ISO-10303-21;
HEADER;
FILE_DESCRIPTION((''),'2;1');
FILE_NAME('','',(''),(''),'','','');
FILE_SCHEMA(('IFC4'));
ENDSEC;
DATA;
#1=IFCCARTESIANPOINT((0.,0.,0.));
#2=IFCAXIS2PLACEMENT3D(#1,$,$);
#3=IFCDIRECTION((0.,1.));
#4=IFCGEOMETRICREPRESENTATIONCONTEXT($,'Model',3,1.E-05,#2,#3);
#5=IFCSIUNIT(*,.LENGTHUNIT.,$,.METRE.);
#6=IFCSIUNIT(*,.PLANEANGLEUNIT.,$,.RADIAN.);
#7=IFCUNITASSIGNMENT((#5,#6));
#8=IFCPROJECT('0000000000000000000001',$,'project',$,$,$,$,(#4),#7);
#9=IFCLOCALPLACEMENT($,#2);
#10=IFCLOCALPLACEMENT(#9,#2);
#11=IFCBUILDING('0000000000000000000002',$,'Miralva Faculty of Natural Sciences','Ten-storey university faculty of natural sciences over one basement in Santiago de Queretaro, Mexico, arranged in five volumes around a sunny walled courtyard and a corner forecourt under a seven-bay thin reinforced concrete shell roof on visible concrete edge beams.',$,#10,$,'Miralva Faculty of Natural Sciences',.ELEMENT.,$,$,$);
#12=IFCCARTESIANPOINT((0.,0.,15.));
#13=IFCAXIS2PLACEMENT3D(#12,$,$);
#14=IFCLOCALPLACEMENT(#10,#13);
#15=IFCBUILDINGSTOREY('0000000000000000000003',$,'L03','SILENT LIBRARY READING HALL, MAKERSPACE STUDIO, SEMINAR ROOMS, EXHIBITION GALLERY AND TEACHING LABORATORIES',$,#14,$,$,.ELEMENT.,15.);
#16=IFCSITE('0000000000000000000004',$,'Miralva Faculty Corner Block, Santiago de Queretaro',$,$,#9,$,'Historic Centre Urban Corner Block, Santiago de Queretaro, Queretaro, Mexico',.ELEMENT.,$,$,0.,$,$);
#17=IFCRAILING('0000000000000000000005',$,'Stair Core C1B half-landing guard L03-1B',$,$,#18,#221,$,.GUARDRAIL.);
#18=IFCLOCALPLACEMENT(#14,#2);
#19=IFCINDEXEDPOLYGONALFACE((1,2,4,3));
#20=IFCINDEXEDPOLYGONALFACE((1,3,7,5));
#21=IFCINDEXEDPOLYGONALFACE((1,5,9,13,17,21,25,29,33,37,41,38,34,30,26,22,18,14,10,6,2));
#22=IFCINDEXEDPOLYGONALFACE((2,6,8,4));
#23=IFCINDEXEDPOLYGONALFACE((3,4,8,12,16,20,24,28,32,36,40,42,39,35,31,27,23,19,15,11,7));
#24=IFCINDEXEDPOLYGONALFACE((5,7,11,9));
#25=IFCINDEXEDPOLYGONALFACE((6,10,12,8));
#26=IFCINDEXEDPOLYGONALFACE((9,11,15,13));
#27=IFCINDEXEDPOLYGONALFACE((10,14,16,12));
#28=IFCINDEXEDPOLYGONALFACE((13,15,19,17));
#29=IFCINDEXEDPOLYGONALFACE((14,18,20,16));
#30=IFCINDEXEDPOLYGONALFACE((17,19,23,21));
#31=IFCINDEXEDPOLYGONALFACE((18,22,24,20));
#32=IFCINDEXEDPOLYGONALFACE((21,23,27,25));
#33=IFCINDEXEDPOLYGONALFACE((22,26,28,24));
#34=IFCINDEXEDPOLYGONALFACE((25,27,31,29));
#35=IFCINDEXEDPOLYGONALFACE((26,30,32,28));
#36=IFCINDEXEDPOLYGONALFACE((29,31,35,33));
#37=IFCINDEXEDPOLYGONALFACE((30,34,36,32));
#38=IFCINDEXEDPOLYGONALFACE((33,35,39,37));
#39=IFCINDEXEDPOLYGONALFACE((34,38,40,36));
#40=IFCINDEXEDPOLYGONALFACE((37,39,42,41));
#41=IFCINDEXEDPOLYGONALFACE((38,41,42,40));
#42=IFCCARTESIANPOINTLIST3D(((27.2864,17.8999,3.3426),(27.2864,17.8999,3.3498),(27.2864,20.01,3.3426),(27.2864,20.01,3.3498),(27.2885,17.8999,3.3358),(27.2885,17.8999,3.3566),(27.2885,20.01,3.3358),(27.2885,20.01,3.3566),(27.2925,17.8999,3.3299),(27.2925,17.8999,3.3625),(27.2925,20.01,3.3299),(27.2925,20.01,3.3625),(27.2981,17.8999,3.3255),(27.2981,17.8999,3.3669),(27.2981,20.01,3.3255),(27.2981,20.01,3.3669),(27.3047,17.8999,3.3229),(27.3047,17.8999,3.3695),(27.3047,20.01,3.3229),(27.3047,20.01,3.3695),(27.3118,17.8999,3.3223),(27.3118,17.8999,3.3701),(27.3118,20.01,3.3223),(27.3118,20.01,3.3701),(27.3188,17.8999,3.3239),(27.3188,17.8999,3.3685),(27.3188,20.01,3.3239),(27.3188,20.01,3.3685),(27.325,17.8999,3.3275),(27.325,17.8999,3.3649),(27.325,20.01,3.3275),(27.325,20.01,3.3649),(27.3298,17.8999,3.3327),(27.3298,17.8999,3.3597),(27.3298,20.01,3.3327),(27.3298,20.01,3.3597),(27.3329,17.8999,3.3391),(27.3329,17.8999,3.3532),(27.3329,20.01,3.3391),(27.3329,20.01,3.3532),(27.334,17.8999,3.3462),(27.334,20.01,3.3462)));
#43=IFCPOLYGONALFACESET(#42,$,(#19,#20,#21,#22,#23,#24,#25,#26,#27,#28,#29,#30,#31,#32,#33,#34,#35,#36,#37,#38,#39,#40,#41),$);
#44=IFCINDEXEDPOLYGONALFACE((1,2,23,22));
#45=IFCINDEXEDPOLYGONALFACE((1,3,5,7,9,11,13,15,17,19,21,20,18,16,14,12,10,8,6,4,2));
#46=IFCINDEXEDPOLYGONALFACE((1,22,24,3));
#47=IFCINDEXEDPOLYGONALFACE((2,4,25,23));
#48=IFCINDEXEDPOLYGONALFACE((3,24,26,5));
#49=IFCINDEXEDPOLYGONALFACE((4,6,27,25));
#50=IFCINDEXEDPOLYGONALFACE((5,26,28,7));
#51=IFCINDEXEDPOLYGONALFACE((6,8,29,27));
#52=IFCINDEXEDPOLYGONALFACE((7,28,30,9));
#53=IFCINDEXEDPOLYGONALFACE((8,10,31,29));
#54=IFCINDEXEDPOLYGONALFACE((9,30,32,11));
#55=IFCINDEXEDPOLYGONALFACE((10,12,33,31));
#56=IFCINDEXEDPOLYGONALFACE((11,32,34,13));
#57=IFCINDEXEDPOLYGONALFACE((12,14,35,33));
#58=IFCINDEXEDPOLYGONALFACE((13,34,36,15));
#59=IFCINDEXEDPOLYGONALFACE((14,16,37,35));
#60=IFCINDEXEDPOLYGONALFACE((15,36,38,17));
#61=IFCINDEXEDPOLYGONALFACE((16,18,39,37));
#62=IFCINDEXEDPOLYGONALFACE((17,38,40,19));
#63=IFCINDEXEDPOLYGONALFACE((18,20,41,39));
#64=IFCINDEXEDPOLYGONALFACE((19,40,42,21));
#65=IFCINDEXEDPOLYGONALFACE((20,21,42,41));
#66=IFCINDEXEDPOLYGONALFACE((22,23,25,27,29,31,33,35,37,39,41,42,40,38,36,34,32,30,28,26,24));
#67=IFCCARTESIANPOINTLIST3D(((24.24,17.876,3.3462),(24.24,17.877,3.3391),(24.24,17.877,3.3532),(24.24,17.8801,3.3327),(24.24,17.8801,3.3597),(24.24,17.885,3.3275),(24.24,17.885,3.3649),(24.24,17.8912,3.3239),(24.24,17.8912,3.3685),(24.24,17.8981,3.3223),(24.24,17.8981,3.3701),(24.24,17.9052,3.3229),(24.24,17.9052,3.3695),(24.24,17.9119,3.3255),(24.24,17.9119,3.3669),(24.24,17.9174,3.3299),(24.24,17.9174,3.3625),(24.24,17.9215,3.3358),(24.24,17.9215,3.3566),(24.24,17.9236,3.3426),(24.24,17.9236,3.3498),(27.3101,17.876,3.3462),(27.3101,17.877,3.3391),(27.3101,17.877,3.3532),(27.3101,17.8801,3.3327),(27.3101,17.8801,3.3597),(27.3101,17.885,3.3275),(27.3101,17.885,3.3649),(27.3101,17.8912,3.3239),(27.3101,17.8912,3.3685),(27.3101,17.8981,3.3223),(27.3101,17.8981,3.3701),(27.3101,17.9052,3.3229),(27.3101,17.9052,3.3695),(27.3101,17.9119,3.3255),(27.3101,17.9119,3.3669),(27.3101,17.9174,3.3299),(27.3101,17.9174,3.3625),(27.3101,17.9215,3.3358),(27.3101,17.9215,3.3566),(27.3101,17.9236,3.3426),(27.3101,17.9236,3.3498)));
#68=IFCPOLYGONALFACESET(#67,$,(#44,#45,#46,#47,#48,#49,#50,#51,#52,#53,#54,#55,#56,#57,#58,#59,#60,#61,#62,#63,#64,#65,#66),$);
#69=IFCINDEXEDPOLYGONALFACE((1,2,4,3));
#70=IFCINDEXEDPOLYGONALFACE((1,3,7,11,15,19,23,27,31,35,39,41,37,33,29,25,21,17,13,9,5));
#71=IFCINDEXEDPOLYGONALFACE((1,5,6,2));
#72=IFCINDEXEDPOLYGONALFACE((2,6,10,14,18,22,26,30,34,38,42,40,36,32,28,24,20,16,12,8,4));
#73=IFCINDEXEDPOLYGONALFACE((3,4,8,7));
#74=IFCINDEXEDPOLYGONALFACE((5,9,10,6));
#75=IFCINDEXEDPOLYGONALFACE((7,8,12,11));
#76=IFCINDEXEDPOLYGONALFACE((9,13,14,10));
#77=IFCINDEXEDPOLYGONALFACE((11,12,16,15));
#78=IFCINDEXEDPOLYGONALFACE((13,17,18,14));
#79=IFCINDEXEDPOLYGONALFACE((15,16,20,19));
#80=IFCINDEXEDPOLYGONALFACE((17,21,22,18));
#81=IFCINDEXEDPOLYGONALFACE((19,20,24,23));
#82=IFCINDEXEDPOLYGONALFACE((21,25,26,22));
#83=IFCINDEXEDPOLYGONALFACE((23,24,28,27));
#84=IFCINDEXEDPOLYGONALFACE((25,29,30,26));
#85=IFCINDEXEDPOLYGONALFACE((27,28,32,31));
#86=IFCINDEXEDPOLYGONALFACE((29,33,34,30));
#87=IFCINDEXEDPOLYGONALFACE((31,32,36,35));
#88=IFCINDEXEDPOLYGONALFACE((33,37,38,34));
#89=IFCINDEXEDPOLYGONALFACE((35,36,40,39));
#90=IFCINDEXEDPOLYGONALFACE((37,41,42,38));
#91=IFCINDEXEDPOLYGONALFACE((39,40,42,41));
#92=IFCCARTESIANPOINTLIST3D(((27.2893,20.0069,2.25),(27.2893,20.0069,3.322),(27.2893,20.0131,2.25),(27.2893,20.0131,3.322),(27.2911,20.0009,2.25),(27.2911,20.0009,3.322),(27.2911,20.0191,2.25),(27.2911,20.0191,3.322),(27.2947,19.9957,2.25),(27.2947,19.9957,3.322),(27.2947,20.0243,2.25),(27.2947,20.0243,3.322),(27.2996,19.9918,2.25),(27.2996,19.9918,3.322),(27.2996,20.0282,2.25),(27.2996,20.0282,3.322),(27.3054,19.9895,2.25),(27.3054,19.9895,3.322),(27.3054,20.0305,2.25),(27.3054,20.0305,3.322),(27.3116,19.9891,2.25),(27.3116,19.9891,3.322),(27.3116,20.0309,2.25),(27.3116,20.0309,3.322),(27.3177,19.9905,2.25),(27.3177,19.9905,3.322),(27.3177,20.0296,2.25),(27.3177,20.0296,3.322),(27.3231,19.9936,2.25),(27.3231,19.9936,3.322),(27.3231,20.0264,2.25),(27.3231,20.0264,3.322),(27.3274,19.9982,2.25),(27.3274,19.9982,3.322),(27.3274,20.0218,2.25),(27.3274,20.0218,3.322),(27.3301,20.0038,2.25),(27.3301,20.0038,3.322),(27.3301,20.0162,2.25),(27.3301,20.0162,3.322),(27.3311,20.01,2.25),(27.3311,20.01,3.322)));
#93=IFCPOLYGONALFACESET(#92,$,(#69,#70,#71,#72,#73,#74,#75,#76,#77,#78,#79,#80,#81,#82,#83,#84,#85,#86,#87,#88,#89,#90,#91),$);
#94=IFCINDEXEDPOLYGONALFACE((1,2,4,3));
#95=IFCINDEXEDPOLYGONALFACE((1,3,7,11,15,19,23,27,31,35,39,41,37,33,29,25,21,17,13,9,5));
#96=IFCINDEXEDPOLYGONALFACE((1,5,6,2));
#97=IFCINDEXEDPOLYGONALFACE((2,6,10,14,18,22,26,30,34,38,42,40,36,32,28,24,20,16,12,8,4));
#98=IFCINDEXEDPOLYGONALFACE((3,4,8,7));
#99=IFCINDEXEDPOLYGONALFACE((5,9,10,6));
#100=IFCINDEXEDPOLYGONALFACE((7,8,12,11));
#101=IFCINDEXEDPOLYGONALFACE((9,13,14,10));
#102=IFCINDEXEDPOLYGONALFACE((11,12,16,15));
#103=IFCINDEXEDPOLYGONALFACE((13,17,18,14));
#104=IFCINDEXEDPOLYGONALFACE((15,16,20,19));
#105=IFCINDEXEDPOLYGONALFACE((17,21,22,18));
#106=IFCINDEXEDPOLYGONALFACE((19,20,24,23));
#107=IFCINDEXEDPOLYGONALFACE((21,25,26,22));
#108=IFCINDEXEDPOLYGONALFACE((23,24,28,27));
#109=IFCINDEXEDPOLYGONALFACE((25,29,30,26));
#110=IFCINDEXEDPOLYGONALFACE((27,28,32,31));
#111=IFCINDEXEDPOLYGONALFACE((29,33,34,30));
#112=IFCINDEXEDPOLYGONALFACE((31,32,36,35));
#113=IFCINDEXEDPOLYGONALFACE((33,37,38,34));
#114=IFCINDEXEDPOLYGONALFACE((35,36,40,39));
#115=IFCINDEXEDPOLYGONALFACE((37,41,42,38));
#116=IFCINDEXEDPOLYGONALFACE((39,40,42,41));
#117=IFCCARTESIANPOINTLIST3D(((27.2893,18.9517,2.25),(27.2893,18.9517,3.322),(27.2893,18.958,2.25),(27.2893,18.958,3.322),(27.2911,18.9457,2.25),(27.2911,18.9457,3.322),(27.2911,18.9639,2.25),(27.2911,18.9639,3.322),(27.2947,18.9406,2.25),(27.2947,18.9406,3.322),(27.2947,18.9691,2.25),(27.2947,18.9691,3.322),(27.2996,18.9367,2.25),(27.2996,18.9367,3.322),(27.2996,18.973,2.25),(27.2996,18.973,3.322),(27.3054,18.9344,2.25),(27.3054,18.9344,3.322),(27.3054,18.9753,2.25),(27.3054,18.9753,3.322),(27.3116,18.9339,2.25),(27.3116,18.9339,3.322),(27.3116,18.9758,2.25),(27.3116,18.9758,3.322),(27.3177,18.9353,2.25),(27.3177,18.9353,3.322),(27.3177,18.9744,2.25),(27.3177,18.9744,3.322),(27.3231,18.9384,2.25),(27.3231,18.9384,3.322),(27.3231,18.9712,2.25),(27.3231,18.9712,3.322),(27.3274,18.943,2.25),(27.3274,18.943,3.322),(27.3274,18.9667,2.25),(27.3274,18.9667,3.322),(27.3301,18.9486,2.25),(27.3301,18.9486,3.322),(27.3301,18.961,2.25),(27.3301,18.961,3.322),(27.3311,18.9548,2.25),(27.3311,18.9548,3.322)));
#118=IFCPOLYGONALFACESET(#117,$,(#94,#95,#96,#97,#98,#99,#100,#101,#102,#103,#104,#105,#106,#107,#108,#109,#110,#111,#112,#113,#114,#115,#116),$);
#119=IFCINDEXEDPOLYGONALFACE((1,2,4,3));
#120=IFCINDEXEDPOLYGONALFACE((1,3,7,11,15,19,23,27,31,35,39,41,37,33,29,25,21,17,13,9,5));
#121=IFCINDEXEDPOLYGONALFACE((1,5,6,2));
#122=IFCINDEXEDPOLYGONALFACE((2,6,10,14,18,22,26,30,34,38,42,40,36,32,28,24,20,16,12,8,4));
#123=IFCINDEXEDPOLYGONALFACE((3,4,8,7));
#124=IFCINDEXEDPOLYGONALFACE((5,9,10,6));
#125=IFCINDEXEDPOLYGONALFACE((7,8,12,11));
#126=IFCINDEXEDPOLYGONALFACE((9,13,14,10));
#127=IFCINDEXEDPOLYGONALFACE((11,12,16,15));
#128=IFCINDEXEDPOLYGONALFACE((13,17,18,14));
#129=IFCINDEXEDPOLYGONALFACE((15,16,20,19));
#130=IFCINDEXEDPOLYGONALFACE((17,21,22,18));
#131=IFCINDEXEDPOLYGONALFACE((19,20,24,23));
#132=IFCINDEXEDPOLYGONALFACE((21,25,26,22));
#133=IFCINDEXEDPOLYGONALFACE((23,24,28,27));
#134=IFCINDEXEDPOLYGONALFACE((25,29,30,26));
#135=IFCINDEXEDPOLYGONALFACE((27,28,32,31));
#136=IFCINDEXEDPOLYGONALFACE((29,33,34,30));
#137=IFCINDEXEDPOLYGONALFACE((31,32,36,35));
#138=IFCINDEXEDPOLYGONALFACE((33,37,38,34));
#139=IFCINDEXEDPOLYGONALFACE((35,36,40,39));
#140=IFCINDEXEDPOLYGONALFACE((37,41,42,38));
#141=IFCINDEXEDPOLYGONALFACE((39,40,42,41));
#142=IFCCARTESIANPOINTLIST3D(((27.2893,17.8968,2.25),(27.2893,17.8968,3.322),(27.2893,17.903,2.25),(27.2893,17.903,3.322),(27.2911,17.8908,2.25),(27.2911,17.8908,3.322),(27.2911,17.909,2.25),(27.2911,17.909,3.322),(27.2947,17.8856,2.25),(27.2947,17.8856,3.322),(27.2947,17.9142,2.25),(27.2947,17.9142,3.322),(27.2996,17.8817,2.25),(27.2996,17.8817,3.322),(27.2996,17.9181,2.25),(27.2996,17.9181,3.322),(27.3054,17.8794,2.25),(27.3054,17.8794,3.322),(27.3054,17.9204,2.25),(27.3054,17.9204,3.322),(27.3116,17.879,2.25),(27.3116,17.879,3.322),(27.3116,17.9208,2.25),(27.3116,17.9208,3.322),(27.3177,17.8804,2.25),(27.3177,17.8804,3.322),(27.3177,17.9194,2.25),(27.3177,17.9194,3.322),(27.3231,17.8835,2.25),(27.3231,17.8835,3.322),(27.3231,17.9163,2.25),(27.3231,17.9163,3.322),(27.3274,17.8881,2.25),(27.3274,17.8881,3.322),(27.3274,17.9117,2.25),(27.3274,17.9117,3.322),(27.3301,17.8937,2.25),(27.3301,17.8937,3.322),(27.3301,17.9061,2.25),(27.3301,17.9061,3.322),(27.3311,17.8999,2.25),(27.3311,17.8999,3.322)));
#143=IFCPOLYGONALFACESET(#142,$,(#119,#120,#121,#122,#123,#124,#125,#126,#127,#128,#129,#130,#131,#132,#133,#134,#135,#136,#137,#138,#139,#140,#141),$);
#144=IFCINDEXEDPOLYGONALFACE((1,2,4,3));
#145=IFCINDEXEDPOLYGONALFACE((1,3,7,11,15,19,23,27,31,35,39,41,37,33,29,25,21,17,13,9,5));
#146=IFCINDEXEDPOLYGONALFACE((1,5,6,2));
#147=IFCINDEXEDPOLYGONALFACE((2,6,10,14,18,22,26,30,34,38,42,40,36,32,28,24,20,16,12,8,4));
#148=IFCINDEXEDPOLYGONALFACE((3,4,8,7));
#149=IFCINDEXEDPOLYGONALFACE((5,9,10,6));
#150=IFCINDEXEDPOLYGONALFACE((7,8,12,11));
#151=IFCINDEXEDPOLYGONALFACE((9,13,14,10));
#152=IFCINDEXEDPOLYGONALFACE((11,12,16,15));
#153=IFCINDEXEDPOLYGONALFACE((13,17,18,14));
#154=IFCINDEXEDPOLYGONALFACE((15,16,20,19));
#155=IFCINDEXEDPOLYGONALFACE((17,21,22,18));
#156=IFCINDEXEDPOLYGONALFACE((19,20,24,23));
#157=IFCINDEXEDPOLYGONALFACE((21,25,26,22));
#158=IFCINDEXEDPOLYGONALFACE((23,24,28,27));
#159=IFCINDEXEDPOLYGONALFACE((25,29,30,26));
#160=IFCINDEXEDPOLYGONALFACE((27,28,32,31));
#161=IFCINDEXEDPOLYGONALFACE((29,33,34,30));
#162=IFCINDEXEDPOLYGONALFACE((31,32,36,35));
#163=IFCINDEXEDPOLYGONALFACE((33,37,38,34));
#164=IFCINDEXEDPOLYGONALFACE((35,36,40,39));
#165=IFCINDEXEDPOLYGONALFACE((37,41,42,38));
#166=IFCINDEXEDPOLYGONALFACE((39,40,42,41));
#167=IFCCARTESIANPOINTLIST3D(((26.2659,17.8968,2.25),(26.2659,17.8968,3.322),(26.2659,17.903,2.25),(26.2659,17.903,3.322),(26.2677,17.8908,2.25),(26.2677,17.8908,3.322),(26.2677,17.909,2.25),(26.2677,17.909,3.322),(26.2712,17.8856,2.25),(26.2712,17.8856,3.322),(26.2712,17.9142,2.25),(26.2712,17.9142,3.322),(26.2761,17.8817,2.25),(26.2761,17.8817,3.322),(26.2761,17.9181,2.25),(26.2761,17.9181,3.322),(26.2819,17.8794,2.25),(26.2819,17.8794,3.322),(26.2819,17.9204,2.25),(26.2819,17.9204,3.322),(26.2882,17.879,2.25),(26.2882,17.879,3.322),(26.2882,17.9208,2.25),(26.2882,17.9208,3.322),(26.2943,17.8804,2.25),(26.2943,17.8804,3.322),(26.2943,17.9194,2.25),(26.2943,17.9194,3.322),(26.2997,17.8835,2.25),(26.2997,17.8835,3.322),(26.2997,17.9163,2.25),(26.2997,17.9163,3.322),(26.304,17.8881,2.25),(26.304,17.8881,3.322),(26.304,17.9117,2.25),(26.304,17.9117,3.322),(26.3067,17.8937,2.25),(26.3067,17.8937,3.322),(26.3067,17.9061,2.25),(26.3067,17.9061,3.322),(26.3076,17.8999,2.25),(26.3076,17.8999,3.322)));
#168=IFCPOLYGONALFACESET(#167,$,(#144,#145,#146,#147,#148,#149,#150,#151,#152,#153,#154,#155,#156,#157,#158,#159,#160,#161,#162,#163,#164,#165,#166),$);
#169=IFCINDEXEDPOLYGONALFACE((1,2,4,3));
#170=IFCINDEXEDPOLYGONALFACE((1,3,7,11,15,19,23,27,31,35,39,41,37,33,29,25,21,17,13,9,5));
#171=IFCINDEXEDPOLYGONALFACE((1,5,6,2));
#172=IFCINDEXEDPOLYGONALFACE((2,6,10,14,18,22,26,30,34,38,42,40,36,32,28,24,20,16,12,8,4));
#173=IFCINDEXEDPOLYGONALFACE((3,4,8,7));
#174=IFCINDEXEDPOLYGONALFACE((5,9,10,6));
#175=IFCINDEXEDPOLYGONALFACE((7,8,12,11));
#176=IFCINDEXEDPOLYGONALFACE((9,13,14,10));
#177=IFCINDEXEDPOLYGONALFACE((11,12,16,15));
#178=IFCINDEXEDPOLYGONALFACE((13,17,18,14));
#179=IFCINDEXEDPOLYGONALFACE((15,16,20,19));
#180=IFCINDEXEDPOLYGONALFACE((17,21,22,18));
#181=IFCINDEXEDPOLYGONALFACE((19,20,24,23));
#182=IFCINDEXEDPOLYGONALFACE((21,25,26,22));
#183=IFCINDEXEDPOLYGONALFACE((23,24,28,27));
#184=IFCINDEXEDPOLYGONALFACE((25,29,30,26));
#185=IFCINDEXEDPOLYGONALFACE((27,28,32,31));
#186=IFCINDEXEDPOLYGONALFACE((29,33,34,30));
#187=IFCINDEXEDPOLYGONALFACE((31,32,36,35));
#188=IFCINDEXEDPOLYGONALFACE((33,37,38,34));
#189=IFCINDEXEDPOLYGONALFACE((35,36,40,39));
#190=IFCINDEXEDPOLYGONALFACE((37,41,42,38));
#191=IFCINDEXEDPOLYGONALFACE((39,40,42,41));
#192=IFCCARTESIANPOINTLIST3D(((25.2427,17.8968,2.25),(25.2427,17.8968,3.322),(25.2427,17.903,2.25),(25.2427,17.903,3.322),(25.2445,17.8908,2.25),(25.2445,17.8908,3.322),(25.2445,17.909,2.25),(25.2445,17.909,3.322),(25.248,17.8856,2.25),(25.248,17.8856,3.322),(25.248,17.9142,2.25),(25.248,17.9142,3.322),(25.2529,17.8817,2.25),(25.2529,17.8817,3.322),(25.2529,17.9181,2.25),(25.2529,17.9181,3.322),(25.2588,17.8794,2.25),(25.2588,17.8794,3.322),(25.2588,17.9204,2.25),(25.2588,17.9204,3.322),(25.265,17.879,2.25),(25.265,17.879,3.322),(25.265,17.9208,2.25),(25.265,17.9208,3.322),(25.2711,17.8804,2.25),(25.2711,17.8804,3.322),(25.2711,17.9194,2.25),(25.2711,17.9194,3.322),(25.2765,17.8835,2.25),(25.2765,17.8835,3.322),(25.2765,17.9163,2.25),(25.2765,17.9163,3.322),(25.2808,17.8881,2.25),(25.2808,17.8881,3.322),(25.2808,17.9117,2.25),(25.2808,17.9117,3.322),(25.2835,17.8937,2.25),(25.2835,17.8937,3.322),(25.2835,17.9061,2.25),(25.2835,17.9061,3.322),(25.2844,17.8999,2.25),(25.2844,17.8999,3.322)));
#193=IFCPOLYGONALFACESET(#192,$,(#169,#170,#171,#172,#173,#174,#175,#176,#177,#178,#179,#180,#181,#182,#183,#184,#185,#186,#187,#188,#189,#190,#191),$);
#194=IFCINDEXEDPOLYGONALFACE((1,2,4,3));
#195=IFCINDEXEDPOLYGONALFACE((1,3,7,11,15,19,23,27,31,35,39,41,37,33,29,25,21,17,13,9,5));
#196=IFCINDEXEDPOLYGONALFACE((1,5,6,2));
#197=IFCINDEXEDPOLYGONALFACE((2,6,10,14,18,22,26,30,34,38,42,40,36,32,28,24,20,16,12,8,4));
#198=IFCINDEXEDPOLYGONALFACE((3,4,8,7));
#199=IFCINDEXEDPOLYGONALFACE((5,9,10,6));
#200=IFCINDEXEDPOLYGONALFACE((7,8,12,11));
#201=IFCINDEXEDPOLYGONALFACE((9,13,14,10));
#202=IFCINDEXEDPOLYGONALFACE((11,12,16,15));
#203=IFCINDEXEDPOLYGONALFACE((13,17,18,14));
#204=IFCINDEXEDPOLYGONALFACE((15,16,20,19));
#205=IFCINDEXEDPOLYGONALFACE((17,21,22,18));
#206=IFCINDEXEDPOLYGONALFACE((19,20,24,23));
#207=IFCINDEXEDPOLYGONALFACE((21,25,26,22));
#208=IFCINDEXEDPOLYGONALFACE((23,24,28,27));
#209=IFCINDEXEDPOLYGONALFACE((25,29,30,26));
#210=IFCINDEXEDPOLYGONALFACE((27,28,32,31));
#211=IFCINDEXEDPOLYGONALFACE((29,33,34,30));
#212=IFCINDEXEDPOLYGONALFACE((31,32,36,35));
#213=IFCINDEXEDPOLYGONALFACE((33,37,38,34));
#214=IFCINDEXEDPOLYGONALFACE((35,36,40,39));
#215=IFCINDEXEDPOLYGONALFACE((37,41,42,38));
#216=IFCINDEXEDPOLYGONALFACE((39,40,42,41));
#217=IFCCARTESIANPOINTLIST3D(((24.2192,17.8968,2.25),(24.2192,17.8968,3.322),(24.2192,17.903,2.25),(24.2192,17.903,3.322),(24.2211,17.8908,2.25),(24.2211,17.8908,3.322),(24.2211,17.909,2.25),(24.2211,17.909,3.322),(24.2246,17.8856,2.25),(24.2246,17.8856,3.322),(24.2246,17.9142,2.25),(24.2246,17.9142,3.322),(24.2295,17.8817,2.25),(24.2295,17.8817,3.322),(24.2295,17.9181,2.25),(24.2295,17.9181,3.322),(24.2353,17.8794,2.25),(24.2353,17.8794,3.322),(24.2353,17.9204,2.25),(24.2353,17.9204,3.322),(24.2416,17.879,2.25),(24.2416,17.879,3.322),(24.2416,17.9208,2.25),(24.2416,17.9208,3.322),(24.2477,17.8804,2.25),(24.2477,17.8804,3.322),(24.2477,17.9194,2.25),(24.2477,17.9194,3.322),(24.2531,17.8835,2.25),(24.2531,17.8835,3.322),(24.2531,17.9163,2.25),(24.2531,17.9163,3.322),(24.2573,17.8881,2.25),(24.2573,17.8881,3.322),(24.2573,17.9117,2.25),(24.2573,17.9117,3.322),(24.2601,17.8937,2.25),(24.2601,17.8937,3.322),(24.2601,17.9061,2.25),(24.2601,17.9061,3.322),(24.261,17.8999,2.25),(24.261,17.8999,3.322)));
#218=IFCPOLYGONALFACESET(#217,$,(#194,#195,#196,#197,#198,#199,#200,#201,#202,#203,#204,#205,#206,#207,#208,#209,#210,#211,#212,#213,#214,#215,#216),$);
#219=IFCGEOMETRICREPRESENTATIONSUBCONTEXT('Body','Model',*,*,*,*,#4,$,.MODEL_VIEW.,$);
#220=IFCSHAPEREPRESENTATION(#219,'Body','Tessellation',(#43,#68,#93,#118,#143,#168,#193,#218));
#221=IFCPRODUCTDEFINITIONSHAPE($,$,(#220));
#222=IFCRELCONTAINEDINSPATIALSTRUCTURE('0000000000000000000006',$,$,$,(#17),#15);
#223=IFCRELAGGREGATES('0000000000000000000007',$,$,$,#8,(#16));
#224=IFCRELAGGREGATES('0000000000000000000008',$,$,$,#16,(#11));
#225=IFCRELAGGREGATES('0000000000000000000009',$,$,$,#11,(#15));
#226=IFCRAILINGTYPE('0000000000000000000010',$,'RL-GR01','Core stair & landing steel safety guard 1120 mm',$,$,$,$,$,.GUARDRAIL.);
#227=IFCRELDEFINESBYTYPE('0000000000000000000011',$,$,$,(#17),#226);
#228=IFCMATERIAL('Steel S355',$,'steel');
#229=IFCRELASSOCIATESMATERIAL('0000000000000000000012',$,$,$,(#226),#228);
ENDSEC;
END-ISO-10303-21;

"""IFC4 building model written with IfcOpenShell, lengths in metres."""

from ifc_helpers import new_model, si_unit, direction, frame, origin, origin_2d, place, context, subcontext, project, spatial, circle, extrude, material, type_object, element, save


model = new_model("IFC4")

# Units and contexts
model_context = context("Model", 3, precision=1e-05, world=origin(), true_north=direction((0.0, 1.0)))
body_context = subcontext(model_context, "Body", "Model", "MODEL_VIEW")
ifc_project = project(units=[si_unit("LENGTHUNIT", "METRE"), si_unit("PLANEANGLEUNIT", "RADIAN")], contexts=[model_context])

# Site, building, storey
site_placement = place(None, origin())
site = spatial("IfcSite", under=ifc_project, at=site_placement, Name="Miralva Faculty Corner Block, Santiago de Queretaro", LongName="Historic Centre Urban Corner Block, Santiago de Queretaro, Queretaro, Mexico", CompositionType="ELEMENT", RefElevation=0.0)
building_placement = place(site_placement, origin())
building = spatial("IfcBuilding", under=site, at=building_placement, Name="Miralva Faculty of Natural Sciences", Description="Ten-storey university faculty of natural sciences over one basement in Santiago de Queretaro, Mexico, arranged in five volumes around a sunny walled courtyard and a corner forecourt under a seven-bay thin reinforced concrete shell roof on visible concrete edge beams.", LongName="Miralva Faculty of Natural Sciences", CompositionType="ELEMENT")
storey_placement = place(building_placement, frame((0.0, 0.0, 15.0)))
storey = spatial("IfcBuildingStorey", under=building, at=storey_placement, Name="L03", Description="SILENT LIBRARY READING HALL, MAKERSPACE STUDIO, SEMINAR ROOMS, EXHIBITION GALLERY AND TEACHING LABORATORIES", CompositionType="ELEMENT", Elevation=15.0)

# Railing
ifc_material_1 = material(Name="Steel S355", Category="steel")
railing_type = type_object("IfcRailingType", Name="RL-GR01", Description="Core stair & landing steel safety guard 1120 mm", PredefinedType="GUARDRAIL", material=ifc_material_1)
railing_placement = place(storey_placement, frame((27.3101, 20.01, 2.25)))
element("IfcRailing", 1, at=railing_placement, inside=storey, type_object=railing_type, Name="Stair Core C1B half-landing guard L03-1B", PredefinedType="GUARDRAIL", context=body_context, shape_type="SweptSolid", body=[
    extrude(circle(Radius=0.0239, at=origin_2d()), frame((0.0, 0.0, 1.0962), z_axis=(0.0, -1.0, 0.0), x_axis=(1.0, 0.0, 0.0)), (0.0, 0.0, 1.0), 2.1101),
    extrude(circle(Radius=0.0239, at=origin_2d()), frame((0.0, -2.1101, 1.0962), z_axis=(-1.0, 0.0, 0.0), x_axis=(0.0, -1.0, 0.0)), (0.0, 0.0, 1.0), 3.0701),
    extrude(circle(Radius=0.021, at=origin_2d()), origin(), (0.0, 0.0, 1.0), 1.072),
    extrude(circle(Radius=0.021, at=origin_2d()), frame((0.0, -1.0552, 0.0)), (0.0, 0.0, 1.0), 1.072),
    extrude(circle(Radius=0.021, at=origin_2d()), frame((0.0, -2.1101, 0.0)), (0.0, 0.0, 1.0), 1.072),
    extrude(circle(Radius=0.021, at=origin_2d()), frame((-1.0234, -2.1101, 0.0)), (0.0, 0.0, 1.0), 1.072),
    extrude(circle(Radius=0.021, at=origin_2d()), frame((-2.0466, -2.1101, 0.0)), (0.0, 0.0, 1.0), 1.072),
    extrude(circle(Radius=0.021, at=origin_2d()), frame((-3.0701, -2.1101, 0.0)), (0.0, 0.0, 1.0), 1.072),
])

save(model, "model.ifc")
